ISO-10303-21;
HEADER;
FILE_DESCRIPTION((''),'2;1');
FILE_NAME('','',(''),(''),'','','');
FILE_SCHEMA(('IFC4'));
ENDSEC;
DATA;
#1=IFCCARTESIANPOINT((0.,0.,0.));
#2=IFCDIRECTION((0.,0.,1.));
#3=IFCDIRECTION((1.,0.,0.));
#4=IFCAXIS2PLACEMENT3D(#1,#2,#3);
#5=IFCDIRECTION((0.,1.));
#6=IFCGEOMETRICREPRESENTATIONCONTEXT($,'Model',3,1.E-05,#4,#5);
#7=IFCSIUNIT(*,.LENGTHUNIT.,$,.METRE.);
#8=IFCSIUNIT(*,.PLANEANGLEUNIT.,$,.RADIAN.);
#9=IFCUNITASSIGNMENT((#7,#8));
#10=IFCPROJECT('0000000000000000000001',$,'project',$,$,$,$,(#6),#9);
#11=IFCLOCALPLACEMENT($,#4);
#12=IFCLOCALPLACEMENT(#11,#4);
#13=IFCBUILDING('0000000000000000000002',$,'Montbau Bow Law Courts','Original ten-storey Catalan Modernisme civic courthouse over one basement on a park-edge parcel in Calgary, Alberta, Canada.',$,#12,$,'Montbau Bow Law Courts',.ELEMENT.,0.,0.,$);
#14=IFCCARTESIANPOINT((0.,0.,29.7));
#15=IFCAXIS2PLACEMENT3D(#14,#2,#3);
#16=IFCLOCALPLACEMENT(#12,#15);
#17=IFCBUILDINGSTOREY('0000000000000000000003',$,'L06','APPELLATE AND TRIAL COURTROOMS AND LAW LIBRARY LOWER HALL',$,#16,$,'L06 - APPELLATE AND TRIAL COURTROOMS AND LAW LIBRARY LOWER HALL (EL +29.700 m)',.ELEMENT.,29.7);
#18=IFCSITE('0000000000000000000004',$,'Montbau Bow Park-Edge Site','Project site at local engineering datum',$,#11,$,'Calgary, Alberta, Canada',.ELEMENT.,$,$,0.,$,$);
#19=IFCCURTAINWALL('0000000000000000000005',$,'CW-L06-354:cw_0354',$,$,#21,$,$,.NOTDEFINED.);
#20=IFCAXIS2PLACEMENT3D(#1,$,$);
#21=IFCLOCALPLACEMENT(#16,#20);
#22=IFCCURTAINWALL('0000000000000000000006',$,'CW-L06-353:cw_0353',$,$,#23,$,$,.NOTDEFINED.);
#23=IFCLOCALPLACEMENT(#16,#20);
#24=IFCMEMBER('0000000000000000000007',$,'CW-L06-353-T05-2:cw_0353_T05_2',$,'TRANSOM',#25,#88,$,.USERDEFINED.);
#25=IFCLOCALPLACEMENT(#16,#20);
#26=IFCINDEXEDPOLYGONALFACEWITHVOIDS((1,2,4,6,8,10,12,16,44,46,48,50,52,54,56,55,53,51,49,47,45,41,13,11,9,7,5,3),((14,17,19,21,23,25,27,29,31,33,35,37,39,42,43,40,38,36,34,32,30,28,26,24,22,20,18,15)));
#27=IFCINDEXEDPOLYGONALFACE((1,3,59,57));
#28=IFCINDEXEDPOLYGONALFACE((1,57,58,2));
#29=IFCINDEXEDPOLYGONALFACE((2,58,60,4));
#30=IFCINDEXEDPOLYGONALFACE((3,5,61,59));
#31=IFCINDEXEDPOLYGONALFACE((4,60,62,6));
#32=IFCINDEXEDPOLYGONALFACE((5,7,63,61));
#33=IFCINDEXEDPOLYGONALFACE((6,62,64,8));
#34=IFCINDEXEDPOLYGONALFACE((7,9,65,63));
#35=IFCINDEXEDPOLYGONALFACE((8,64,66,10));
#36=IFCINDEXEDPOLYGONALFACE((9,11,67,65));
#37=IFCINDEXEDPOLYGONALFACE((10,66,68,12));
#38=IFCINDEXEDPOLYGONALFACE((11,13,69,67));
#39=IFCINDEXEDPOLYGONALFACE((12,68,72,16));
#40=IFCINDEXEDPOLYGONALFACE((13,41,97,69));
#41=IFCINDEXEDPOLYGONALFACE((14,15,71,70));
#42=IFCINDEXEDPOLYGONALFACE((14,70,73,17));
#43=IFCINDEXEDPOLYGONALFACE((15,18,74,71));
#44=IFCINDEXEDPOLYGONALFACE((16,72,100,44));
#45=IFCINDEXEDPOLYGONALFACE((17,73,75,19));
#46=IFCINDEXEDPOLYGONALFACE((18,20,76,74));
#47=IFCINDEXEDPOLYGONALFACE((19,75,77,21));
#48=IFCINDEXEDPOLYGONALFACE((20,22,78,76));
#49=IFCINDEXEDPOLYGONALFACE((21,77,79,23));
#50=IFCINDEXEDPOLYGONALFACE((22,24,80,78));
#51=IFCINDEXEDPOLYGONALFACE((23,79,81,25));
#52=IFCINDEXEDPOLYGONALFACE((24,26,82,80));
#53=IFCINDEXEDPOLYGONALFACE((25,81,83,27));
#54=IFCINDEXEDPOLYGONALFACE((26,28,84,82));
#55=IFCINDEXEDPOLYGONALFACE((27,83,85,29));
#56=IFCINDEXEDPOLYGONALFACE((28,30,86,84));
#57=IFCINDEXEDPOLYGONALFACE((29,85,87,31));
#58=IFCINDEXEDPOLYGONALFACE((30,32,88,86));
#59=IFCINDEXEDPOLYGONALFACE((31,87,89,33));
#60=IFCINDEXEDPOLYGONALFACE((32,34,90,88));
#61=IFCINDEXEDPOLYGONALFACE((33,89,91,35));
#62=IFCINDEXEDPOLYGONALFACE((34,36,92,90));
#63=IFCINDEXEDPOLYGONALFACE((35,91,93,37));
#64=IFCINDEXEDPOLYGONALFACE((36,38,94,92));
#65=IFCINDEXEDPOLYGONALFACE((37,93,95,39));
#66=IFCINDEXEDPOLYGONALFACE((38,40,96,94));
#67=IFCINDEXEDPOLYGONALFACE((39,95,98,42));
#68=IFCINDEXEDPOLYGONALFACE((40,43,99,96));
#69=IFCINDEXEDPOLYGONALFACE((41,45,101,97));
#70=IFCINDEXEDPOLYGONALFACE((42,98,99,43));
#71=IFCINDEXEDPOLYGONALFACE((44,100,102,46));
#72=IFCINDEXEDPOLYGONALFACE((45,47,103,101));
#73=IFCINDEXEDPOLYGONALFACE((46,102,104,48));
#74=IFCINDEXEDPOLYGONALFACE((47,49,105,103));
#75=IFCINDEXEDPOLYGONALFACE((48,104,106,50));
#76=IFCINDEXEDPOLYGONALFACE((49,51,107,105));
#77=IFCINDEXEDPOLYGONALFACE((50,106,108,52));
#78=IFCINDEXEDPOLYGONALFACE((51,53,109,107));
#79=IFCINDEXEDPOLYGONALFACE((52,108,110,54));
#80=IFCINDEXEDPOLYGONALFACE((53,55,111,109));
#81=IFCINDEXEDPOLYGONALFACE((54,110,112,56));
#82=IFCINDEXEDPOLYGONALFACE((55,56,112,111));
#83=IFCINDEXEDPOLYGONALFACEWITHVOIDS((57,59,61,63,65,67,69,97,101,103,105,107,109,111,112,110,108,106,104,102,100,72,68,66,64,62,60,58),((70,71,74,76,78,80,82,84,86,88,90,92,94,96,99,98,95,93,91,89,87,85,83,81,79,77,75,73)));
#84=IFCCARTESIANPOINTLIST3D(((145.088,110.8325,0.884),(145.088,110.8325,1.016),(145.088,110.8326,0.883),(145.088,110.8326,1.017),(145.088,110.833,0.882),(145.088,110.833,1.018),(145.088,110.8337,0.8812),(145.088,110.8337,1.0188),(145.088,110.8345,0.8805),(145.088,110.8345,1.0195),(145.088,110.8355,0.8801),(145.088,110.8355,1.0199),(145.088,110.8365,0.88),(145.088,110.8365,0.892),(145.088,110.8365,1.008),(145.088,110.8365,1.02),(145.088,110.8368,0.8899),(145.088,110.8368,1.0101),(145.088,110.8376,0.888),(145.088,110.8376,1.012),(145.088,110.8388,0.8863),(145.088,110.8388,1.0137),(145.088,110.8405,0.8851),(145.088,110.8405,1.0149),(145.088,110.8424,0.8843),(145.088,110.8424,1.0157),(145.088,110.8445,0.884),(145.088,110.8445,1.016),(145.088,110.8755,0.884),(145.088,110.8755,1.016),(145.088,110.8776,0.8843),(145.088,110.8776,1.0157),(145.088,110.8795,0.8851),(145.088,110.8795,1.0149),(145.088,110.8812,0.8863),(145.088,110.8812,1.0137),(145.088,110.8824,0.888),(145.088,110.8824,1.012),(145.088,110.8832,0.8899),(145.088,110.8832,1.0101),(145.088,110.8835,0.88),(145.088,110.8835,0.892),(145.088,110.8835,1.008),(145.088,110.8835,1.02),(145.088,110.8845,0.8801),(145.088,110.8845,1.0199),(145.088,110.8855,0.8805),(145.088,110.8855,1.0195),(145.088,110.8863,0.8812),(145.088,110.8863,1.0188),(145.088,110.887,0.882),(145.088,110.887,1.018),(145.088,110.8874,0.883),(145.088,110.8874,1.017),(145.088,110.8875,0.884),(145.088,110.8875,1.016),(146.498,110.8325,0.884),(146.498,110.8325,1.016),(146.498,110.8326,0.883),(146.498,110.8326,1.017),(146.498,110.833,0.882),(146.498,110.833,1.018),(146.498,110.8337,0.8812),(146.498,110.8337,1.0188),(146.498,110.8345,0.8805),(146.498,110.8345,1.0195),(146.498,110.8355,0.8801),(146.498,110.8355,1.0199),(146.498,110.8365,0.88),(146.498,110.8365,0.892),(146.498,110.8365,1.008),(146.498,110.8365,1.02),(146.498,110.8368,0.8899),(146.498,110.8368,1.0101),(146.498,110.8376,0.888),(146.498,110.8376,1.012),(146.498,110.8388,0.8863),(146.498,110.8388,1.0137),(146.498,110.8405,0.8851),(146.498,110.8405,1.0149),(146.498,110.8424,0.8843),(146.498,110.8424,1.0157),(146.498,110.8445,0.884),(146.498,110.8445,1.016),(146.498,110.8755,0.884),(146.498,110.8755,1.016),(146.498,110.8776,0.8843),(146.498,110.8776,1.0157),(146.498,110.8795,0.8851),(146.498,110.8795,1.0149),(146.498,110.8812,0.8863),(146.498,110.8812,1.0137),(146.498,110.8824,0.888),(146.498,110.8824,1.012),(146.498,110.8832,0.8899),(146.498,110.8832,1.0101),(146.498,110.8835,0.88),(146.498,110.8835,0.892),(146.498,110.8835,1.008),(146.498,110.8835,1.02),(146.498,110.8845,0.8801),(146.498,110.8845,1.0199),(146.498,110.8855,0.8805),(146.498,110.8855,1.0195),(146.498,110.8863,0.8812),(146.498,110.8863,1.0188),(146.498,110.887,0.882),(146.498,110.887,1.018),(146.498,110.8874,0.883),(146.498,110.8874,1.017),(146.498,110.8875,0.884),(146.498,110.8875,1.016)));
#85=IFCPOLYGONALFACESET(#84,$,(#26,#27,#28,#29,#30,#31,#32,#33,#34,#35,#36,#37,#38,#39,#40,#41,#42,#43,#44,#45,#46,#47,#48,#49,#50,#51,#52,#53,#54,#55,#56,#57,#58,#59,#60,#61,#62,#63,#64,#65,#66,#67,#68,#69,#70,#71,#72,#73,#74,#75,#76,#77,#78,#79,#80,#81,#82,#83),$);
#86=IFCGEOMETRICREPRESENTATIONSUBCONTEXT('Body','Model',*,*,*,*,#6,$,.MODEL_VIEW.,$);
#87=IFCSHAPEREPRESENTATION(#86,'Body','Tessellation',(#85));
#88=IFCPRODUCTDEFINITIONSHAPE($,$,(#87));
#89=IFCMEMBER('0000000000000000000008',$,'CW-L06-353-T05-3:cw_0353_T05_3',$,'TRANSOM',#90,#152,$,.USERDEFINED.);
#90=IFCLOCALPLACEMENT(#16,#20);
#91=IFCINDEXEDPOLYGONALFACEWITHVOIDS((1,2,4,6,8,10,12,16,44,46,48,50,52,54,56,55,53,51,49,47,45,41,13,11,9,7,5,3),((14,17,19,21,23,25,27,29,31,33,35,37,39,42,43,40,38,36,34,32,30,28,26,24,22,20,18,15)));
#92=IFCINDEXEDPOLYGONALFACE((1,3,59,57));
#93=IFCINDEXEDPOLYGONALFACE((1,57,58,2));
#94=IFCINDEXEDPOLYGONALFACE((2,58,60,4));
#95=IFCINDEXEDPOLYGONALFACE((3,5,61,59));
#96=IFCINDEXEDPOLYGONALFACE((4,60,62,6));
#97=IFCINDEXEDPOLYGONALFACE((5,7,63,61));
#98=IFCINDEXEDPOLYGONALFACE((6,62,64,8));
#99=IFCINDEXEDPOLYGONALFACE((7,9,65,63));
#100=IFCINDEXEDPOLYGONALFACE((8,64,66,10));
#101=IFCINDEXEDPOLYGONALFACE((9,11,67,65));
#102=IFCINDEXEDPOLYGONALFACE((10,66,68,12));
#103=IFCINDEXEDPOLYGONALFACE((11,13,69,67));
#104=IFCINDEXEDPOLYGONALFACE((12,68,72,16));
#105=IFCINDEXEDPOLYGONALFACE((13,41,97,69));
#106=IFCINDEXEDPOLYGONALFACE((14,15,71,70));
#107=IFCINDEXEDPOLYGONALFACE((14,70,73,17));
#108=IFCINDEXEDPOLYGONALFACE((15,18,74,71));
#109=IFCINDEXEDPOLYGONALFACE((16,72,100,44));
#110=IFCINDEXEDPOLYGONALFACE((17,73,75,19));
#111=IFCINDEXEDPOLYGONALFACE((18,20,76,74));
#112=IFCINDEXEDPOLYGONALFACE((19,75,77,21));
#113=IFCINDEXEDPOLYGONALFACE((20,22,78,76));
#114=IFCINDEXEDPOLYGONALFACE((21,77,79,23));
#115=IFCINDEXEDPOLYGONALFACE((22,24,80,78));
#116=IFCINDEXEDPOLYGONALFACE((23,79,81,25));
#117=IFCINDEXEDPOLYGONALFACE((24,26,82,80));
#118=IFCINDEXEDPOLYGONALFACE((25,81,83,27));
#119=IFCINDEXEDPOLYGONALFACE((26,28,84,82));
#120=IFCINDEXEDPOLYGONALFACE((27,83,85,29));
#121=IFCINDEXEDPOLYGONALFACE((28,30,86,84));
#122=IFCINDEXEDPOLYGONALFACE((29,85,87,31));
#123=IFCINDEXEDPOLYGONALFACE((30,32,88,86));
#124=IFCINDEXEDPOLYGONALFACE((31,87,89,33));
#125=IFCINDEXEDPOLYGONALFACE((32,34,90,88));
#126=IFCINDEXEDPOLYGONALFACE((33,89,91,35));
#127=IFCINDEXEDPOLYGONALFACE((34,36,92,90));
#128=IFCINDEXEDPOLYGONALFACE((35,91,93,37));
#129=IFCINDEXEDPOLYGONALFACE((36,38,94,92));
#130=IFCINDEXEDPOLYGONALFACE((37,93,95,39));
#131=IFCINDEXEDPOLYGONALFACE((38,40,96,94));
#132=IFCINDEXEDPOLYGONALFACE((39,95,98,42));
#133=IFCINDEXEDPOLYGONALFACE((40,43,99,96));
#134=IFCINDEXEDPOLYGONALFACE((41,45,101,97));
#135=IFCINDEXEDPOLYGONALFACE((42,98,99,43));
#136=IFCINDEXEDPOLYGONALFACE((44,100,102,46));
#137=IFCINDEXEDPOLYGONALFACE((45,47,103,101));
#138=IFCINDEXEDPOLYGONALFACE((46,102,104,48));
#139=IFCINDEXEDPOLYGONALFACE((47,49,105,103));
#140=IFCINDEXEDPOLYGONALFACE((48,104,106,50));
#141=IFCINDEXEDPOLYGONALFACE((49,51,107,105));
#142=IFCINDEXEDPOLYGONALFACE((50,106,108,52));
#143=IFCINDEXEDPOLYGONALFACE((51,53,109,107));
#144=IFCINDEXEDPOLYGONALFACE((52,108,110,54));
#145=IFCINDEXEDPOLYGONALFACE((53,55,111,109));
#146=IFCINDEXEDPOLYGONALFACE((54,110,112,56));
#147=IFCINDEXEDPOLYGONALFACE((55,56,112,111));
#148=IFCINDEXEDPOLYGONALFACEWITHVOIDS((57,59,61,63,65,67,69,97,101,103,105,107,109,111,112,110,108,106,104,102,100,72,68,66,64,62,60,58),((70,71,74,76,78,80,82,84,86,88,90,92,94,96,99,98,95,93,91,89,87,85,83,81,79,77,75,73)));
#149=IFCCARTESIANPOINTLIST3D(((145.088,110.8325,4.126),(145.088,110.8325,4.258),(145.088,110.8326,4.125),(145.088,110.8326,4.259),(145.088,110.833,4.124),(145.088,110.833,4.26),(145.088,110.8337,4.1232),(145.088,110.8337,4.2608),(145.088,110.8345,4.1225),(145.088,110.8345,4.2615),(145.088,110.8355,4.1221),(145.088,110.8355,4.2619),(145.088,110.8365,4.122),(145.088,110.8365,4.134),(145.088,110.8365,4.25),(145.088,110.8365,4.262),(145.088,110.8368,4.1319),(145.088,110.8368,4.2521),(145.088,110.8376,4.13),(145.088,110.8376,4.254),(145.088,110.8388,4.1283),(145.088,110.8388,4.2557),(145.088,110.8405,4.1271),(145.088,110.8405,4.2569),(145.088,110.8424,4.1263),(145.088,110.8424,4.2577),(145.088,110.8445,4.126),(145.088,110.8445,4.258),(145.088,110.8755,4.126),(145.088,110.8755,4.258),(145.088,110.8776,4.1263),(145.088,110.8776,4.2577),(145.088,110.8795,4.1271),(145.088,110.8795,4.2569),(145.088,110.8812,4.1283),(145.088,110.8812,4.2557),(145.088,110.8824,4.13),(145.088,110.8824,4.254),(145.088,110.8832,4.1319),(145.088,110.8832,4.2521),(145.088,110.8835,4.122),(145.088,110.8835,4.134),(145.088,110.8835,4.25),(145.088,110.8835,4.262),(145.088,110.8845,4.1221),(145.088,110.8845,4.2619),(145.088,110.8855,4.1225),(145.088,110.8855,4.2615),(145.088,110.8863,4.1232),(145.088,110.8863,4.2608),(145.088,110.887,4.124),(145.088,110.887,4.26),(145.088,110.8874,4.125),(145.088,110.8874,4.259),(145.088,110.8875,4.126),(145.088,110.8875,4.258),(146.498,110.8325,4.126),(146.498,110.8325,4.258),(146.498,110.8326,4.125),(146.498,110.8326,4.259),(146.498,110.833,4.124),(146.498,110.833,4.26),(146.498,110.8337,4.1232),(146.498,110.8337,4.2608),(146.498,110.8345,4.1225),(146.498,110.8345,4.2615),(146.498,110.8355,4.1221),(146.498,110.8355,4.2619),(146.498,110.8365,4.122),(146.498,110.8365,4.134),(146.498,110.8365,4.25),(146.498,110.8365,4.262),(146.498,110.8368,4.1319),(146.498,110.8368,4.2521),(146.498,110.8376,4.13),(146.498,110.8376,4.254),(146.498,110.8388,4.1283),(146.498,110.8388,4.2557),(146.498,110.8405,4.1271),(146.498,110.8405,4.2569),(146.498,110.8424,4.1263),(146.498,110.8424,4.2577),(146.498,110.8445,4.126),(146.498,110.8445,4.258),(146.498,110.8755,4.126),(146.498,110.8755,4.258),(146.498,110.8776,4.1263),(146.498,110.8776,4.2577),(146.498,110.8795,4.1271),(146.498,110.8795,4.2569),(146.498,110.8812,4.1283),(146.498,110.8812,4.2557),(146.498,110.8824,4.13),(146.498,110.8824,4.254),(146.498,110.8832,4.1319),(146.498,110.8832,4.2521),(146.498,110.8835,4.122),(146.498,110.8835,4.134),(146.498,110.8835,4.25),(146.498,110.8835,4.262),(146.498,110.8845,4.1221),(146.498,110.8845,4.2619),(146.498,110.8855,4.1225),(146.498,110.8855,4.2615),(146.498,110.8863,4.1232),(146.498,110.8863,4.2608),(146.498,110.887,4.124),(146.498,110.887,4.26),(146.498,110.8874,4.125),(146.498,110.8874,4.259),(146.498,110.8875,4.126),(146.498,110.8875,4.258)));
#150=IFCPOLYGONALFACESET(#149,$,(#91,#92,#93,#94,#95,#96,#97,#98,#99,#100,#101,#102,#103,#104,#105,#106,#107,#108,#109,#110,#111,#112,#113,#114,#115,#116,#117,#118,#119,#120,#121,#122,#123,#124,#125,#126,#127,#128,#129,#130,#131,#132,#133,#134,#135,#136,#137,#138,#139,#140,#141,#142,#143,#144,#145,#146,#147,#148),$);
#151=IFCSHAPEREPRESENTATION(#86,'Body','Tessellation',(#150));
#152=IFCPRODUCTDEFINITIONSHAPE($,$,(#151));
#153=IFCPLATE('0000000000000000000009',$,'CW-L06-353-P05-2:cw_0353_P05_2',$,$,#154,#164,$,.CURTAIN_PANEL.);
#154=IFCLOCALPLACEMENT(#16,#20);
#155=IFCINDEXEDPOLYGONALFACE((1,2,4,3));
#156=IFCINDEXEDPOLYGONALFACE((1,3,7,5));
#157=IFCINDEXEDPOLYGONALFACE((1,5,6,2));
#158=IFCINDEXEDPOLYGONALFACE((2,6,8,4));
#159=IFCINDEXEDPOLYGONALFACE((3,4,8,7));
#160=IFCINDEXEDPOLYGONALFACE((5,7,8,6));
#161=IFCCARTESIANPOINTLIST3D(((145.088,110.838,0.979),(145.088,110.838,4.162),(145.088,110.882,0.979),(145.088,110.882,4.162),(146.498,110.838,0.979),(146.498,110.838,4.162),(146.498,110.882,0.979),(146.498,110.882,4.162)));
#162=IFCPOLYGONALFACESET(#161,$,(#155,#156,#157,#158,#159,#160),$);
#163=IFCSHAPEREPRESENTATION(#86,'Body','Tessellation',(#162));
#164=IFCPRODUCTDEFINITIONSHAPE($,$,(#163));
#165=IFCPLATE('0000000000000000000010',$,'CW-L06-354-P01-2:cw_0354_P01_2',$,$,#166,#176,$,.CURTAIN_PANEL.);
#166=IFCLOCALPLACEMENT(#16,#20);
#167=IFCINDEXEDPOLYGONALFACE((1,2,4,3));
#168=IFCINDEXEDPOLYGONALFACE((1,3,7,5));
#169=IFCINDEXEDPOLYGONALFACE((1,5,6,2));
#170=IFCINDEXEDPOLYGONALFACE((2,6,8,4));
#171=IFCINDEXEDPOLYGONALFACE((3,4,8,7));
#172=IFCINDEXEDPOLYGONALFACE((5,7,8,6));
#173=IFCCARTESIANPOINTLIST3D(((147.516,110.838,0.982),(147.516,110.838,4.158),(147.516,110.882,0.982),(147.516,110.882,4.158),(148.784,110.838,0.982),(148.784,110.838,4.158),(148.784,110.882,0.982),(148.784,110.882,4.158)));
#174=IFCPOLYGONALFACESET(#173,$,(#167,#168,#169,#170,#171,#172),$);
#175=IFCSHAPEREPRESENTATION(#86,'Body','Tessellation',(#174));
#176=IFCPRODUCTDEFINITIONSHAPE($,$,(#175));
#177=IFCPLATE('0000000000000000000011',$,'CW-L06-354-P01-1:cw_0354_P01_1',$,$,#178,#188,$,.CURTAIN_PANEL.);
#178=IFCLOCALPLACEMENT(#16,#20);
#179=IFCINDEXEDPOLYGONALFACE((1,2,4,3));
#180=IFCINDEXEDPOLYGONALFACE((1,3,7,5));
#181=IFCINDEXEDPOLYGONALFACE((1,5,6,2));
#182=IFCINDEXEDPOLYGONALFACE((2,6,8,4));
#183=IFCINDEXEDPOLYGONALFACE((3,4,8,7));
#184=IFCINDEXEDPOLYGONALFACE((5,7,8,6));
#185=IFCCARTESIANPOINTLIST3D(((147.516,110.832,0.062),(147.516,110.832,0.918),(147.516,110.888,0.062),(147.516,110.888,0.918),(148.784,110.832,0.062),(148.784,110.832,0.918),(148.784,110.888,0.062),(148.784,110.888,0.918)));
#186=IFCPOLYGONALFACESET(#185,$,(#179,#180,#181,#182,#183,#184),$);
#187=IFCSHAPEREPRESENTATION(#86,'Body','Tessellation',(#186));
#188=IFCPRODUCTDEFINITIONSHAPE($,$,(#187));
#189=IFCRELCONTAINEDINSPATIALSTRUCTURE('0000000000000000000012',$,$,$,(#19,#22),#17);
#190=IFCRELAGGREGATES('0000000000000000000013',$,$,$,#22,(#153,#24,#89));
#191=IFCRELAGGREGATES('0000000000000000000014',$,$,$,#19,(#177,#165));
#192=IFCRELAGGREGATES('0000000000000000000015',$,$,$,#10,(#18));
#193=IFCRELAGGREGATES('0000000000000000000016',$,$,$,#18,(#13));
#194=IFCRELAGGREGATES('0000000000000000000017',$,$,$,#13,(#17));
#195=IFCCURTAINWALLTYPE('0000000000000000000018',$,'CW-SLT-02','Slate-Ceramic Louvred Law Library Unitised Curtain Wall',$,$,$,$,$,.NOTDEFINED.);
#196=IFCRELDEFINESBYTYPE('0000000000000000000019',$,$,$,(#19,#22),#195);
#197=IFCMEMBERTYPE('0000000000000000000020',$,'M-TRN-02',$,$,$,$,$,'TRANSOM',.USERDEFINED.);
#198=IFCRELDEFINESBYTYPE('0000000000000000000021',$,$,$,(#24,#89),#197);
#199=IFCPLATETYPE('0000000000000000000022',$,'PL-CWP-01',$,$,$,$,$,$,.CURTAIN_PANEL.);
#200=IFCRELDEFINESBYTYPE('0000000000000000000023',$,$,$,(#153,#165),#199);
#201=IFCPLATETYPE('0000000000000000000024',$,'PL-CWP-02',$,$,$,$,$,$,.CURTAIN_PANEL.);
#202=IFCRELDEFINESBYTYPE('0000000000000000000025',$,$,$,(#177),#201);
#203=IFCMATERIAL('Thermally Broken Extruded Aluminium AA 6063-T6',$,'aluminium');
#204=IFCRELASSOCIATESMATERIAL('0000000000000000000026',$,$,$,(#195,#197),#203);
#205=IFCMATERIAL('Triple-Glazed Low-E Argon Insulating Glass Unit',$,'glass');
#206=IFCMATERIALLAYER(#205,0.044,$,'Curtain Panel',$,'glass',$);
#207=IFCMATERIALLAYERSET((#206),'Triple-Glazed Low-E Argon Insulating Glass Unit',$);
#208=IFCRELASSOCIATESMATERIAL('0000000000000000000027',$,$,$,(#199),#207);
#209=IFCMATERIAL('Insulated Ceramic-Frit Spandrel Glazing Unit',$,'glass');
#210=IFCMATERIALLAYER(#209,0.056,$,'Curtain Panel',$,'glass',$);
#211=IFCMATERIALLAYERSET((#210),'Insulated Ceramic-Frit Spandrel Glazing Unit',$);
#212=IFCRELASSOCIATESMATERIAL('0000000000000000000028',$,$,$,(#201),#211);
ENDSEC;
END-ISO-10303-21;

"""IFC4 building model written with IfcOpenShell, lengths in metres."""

from ifc_helpers import new_model, si_unit, direction, frame, frame_2d, origin_with_axes, origin_2d_with_axis, place, context, subcontext, project, spatial, rectangle, hollow_rectangle, extrude, material, layer, layer_set, material_profile, profile_set, type_object, element, aggregate, save


model = new_model("IFC4")

# Units and contexts
model_context = context("Model", 3, precision=1e-05, world=origin_with_axes(), true_north=direction((0.0, 1.0)))
body_context = subcontext(model_context, "Body", "Model", "MODEL_VIEW")
ifc_project = project(units=[si_unit("LENGTHUNIT", "METRE"), si_unit("PLANEANGLEUNIT", "RADIAN")], contexts=[model_context])

# Site, building, storey
site_placement = place(None, origin_with_axes())
site = spatial("IfcSite", under=ifc_project, at=site_placement, Name="Montbau Bow Park-Edge Site", Description="Project site at local engineering datum", LongName="Calgary, Alberta, Canada", CompositionType="ELEMENT", RefElevation=0.0)
building_placement = place(site_placement, origin_with_axes())
building = spatial("IfcBuilding", under=site, at=building_placement, Name="Montbau Bow Law Courts", Description="Original ten-storey Catalan Modernisme civic courthouse over one basement on a park-edge parcel in Calgary, Alberta, Canada.", LongName="Montbau Bow Law Courts", CompositionType="ELEMENT", ElevationOfRefHeight=0.0, ElevationOfTerrain=0.0)
storey_placement = place(building_placement, frame((0.0, 0.0, 29.7), z_axis=(0.0, 0.0, 1.0), x_axis=(1.0, 0.0, 0.0)))
storey = spatial("IfcBuildingStorey", under=building, at=storey_placement, Name="L06", Description="APPELLATE AND TRIAL COURTROOMS AND LAW LIBRARY LOWER HALL", LongName="L06 - APPELLATE AND TRIAL COURTROOMS AND LAW LIBRARY LOWER HALL (EL +29.700 m)", CompositionType="ELEMENT", Elevation=29.7)

# Curtain walls
ifc_material_1 = material(Name="Thermally Broken Extruded Aluminium AA 6063-T6", Category="aluminium")
curtain_wall_type = type_object("IfcCurtainWallType", Name="CW-SLT-02", Description="Slate-Ceramic Louvred Law Library Unitised Curtain Wall", PredefinedType="NOTDEFINED", material=ifc_material_1)
curtain_wall_1_placement = place(None, frame((147.44, 110.86, 29.7), z_axis=(0.0, 0.0, 1.0), x_axis=(1.0, 0.0, 0.0)))
curtain_wall_1 = element("IfcCurtainWall", 1, at=curtain_wall_1_placement, inside=storey, type_object=curtain_wall_type, Name="CW-L06-354:cw_0354", PredefinedType="NOTDEFINED")
curtain_wall_2_placement = place(None, frame((139.04, 110.86, 29.7), z_axis=(0.0, 0.0, 1.0), x_axis=(1.0, 0.0, 0.0)))
curtain_wall_2 = element("IfcCurtainWall", 2, at=curtain_wall_2_placement, inside=storey, type_object=curtain_wall_type, Name="CW-L06-353:cw_0353", PredefinedType="NOTDEFINED")

# Members
ifc_material_profile_1 = material_profile(ifc_material_1, hollow_rectangle(XDim=0.055, YDim=0.14, WallThickness=0.004, InnerFilletRadius=0.008, OuterFilletRadius=0.004, at=origin_2d_with_axis()), Name="CWT-140X55", Category="Main", Priority=0)
ifc_profile_set_1 = profile_set([ifc_material_profile_1], Name="Thermally Broken Extruded Aluminium AA 6063-T6")
member_type_1 = type_object("IfcMemberType", Name="M-TRN-02", ElementType="TRANSOM", PredefinedType="USERDEFINED", material=ifc_profile_set_1)
member_1_placement = place(None, frame((145.088, 110.86, 30.65), z_axis=(1.0, 0.0, 0.0), x_axis=(0.0, 1.0, 0.0)))
member_1 = element("IfcMember", 3, at=member_1_placement, type_object=member_type_1, Name="CW-L06-353-T05-2:cw_0353_T05_2", ObjectType="TRANSOM", PredefinedType="USERDEFINED", context=body_context, shape_type="SweptSolid", body=[
    extrude(hollow_rectangle(XDim=0.055, YDim=0.14, WallThickness=0.004, InnerFilletRadius=0.008, OuterFilletRadius=0.004, at=origin_2d_with_axis()), origin_with_axes(), (0.0, 0.0, 1.0), 1.41),
])
member_2_placement = place(None, frame((145.088, 110.86, 33.892), z_axis=(1.0, 0.0, 0.0), x_axis=(0.0, 1.0, 0.0)))
member_2 = element("IfcMember", 4, at=member_2_placement, type_object=member_type_1, Name="CW-L06-353-T05-3:cw_0353_T05_3", ObjectType="TRANSOM", PredefinedType="USERDEFINED", context=body_context, shape_type="SweptSolid", body=[
    extrude(hollow_rectangle(XDim=0.055, YDim=0.14, WallThickness=0.004, InnerFilletRadius=0.008, OuterFilletRadius=0.004, at=origin_2d_with_axis()), origin_with_axes(), (0.0, 0.0, 1.0), 1.41),
])

# Plates
ifc_material_2 = material(Name="Triple-Glazed Low-E Argon Insulating Glass Unit", Category="glass")
ifc_layer_1 = layer(ifc_material_2, 0.044, Name="Curtain Panel", Category="glass")
ifc_layer_set_1 = layer_set([ifc_layer_1], Name="Triple-Glazed Low-E Argon Insulating Glass Unit")
plate_type_1 = type_object("IfcPlateType", Name="PL-CWP-01", PredefinedType="CURTAIN_PANEL", material=ifc_layer_set_1)
plate_1_placement = place(None, frame((145.088, 110.86, 30.679), z_axis=(0.0, -1.0, 0.0), x_axis=(1.0, 0.0, 0.0)))
plate_1 = element("IfcPlate", 5, at=plate_1_placement, type_object=plate_type_1, Name="CW-L06-353-P05-2:cw_0353_P05_2", PredefinedType="CURTAIN_PANEL", context=body_context, shape_type="SweptSolid", body=[
    extrude(rectangle(XDim=1.41, YDim=3.183, at=frame_2d((0.705, 1.5915), x_axis=(1.0, 0.0))), frame((0.0, 0.0, -0.022), z_axis=(0.0, 0.0, 1.0), x_axis=(1.0, 0.0, 0.0)), (0.0, 0.0, 1.0), 0.044),
])
aggregate(curtain_wall_2, [plate_1, member_1, member_2])
plate_2_placement = place(None, frame((147.516, 110.86, 30.682), z_axis=(0.0, -1.0, 0.0), x_axis=(1.0, 0.0, 0.0)))
plate_2 = element("IfcPlate", 6, at=plate_2_placement, type_object=plate_type_1, Name="CW-L06-354-P01-2:cw_0354_P01_2", PredefinedType="CURTAIN_PANEL", context=body_context, shape_type="SweptSolid", body=[
    extrude(rectangle(XDim=1.268, YDim=3.176, at=frame_2d((0.634, 1.588), x_axis=(1.0, 0.0))), frame((0.0, 0.0, -0.022), z_axis=(0.0, 0.0, 1.0), x_axis=(1.0, 0.0, 0.0)), (0.0, 0.0, 1.0), 0.044),
])
ifc_material_3 = material(Name="Insulated Ceramic-Frit Spandrel Glazing Unit", Category="glass")
ifc_layer_2 = layer(ifc_material_3, 0.056, Name="Curtain Panel", Category="glass")
ifc_layer_set_2 = layer_set([ifc_layer_2], Name="Insulated Ceramic-Frit Spandrel Glazing Unit")
plate_type_2 = type_object("IfcPlateType", Name="PL-CWP-02", PredefinedType="CURTAIN_PANEL", material=ifc_layer_set_2)
plate_3_placement = place(None, frame((147.516, 110.86, 29.762), z_axis=(0.0, -1.0, 0.0), x_axis=(1.0, 0.0, 0.0)))
plate_3 = element("IfcPlate", 7, at=plate_3_placement, type_object=plate_type_2, Name="CW-L06-354-P01-1:cw_0354_P01_1", PredefinedType="CURTAIN_PANEL", context=body_context, shape_type="SweptSolid", body=[
    extrude(rectangle(XDim=1.268, YDim=0.856, at=frame_2d((0.634, 0.428), x_axis=(1.0, 0.0))), frame((0.0, 0.0, -0.028), z_axis=(0.0, 0.0, 1.0), x_axis=(1.0, 0.0, 0.0)), (0.0, 0.0, 1.0), 0.056),
])
aggregate(curtain_wall_1, [plate_3, plate_2])

save(model, "model.ifc")
